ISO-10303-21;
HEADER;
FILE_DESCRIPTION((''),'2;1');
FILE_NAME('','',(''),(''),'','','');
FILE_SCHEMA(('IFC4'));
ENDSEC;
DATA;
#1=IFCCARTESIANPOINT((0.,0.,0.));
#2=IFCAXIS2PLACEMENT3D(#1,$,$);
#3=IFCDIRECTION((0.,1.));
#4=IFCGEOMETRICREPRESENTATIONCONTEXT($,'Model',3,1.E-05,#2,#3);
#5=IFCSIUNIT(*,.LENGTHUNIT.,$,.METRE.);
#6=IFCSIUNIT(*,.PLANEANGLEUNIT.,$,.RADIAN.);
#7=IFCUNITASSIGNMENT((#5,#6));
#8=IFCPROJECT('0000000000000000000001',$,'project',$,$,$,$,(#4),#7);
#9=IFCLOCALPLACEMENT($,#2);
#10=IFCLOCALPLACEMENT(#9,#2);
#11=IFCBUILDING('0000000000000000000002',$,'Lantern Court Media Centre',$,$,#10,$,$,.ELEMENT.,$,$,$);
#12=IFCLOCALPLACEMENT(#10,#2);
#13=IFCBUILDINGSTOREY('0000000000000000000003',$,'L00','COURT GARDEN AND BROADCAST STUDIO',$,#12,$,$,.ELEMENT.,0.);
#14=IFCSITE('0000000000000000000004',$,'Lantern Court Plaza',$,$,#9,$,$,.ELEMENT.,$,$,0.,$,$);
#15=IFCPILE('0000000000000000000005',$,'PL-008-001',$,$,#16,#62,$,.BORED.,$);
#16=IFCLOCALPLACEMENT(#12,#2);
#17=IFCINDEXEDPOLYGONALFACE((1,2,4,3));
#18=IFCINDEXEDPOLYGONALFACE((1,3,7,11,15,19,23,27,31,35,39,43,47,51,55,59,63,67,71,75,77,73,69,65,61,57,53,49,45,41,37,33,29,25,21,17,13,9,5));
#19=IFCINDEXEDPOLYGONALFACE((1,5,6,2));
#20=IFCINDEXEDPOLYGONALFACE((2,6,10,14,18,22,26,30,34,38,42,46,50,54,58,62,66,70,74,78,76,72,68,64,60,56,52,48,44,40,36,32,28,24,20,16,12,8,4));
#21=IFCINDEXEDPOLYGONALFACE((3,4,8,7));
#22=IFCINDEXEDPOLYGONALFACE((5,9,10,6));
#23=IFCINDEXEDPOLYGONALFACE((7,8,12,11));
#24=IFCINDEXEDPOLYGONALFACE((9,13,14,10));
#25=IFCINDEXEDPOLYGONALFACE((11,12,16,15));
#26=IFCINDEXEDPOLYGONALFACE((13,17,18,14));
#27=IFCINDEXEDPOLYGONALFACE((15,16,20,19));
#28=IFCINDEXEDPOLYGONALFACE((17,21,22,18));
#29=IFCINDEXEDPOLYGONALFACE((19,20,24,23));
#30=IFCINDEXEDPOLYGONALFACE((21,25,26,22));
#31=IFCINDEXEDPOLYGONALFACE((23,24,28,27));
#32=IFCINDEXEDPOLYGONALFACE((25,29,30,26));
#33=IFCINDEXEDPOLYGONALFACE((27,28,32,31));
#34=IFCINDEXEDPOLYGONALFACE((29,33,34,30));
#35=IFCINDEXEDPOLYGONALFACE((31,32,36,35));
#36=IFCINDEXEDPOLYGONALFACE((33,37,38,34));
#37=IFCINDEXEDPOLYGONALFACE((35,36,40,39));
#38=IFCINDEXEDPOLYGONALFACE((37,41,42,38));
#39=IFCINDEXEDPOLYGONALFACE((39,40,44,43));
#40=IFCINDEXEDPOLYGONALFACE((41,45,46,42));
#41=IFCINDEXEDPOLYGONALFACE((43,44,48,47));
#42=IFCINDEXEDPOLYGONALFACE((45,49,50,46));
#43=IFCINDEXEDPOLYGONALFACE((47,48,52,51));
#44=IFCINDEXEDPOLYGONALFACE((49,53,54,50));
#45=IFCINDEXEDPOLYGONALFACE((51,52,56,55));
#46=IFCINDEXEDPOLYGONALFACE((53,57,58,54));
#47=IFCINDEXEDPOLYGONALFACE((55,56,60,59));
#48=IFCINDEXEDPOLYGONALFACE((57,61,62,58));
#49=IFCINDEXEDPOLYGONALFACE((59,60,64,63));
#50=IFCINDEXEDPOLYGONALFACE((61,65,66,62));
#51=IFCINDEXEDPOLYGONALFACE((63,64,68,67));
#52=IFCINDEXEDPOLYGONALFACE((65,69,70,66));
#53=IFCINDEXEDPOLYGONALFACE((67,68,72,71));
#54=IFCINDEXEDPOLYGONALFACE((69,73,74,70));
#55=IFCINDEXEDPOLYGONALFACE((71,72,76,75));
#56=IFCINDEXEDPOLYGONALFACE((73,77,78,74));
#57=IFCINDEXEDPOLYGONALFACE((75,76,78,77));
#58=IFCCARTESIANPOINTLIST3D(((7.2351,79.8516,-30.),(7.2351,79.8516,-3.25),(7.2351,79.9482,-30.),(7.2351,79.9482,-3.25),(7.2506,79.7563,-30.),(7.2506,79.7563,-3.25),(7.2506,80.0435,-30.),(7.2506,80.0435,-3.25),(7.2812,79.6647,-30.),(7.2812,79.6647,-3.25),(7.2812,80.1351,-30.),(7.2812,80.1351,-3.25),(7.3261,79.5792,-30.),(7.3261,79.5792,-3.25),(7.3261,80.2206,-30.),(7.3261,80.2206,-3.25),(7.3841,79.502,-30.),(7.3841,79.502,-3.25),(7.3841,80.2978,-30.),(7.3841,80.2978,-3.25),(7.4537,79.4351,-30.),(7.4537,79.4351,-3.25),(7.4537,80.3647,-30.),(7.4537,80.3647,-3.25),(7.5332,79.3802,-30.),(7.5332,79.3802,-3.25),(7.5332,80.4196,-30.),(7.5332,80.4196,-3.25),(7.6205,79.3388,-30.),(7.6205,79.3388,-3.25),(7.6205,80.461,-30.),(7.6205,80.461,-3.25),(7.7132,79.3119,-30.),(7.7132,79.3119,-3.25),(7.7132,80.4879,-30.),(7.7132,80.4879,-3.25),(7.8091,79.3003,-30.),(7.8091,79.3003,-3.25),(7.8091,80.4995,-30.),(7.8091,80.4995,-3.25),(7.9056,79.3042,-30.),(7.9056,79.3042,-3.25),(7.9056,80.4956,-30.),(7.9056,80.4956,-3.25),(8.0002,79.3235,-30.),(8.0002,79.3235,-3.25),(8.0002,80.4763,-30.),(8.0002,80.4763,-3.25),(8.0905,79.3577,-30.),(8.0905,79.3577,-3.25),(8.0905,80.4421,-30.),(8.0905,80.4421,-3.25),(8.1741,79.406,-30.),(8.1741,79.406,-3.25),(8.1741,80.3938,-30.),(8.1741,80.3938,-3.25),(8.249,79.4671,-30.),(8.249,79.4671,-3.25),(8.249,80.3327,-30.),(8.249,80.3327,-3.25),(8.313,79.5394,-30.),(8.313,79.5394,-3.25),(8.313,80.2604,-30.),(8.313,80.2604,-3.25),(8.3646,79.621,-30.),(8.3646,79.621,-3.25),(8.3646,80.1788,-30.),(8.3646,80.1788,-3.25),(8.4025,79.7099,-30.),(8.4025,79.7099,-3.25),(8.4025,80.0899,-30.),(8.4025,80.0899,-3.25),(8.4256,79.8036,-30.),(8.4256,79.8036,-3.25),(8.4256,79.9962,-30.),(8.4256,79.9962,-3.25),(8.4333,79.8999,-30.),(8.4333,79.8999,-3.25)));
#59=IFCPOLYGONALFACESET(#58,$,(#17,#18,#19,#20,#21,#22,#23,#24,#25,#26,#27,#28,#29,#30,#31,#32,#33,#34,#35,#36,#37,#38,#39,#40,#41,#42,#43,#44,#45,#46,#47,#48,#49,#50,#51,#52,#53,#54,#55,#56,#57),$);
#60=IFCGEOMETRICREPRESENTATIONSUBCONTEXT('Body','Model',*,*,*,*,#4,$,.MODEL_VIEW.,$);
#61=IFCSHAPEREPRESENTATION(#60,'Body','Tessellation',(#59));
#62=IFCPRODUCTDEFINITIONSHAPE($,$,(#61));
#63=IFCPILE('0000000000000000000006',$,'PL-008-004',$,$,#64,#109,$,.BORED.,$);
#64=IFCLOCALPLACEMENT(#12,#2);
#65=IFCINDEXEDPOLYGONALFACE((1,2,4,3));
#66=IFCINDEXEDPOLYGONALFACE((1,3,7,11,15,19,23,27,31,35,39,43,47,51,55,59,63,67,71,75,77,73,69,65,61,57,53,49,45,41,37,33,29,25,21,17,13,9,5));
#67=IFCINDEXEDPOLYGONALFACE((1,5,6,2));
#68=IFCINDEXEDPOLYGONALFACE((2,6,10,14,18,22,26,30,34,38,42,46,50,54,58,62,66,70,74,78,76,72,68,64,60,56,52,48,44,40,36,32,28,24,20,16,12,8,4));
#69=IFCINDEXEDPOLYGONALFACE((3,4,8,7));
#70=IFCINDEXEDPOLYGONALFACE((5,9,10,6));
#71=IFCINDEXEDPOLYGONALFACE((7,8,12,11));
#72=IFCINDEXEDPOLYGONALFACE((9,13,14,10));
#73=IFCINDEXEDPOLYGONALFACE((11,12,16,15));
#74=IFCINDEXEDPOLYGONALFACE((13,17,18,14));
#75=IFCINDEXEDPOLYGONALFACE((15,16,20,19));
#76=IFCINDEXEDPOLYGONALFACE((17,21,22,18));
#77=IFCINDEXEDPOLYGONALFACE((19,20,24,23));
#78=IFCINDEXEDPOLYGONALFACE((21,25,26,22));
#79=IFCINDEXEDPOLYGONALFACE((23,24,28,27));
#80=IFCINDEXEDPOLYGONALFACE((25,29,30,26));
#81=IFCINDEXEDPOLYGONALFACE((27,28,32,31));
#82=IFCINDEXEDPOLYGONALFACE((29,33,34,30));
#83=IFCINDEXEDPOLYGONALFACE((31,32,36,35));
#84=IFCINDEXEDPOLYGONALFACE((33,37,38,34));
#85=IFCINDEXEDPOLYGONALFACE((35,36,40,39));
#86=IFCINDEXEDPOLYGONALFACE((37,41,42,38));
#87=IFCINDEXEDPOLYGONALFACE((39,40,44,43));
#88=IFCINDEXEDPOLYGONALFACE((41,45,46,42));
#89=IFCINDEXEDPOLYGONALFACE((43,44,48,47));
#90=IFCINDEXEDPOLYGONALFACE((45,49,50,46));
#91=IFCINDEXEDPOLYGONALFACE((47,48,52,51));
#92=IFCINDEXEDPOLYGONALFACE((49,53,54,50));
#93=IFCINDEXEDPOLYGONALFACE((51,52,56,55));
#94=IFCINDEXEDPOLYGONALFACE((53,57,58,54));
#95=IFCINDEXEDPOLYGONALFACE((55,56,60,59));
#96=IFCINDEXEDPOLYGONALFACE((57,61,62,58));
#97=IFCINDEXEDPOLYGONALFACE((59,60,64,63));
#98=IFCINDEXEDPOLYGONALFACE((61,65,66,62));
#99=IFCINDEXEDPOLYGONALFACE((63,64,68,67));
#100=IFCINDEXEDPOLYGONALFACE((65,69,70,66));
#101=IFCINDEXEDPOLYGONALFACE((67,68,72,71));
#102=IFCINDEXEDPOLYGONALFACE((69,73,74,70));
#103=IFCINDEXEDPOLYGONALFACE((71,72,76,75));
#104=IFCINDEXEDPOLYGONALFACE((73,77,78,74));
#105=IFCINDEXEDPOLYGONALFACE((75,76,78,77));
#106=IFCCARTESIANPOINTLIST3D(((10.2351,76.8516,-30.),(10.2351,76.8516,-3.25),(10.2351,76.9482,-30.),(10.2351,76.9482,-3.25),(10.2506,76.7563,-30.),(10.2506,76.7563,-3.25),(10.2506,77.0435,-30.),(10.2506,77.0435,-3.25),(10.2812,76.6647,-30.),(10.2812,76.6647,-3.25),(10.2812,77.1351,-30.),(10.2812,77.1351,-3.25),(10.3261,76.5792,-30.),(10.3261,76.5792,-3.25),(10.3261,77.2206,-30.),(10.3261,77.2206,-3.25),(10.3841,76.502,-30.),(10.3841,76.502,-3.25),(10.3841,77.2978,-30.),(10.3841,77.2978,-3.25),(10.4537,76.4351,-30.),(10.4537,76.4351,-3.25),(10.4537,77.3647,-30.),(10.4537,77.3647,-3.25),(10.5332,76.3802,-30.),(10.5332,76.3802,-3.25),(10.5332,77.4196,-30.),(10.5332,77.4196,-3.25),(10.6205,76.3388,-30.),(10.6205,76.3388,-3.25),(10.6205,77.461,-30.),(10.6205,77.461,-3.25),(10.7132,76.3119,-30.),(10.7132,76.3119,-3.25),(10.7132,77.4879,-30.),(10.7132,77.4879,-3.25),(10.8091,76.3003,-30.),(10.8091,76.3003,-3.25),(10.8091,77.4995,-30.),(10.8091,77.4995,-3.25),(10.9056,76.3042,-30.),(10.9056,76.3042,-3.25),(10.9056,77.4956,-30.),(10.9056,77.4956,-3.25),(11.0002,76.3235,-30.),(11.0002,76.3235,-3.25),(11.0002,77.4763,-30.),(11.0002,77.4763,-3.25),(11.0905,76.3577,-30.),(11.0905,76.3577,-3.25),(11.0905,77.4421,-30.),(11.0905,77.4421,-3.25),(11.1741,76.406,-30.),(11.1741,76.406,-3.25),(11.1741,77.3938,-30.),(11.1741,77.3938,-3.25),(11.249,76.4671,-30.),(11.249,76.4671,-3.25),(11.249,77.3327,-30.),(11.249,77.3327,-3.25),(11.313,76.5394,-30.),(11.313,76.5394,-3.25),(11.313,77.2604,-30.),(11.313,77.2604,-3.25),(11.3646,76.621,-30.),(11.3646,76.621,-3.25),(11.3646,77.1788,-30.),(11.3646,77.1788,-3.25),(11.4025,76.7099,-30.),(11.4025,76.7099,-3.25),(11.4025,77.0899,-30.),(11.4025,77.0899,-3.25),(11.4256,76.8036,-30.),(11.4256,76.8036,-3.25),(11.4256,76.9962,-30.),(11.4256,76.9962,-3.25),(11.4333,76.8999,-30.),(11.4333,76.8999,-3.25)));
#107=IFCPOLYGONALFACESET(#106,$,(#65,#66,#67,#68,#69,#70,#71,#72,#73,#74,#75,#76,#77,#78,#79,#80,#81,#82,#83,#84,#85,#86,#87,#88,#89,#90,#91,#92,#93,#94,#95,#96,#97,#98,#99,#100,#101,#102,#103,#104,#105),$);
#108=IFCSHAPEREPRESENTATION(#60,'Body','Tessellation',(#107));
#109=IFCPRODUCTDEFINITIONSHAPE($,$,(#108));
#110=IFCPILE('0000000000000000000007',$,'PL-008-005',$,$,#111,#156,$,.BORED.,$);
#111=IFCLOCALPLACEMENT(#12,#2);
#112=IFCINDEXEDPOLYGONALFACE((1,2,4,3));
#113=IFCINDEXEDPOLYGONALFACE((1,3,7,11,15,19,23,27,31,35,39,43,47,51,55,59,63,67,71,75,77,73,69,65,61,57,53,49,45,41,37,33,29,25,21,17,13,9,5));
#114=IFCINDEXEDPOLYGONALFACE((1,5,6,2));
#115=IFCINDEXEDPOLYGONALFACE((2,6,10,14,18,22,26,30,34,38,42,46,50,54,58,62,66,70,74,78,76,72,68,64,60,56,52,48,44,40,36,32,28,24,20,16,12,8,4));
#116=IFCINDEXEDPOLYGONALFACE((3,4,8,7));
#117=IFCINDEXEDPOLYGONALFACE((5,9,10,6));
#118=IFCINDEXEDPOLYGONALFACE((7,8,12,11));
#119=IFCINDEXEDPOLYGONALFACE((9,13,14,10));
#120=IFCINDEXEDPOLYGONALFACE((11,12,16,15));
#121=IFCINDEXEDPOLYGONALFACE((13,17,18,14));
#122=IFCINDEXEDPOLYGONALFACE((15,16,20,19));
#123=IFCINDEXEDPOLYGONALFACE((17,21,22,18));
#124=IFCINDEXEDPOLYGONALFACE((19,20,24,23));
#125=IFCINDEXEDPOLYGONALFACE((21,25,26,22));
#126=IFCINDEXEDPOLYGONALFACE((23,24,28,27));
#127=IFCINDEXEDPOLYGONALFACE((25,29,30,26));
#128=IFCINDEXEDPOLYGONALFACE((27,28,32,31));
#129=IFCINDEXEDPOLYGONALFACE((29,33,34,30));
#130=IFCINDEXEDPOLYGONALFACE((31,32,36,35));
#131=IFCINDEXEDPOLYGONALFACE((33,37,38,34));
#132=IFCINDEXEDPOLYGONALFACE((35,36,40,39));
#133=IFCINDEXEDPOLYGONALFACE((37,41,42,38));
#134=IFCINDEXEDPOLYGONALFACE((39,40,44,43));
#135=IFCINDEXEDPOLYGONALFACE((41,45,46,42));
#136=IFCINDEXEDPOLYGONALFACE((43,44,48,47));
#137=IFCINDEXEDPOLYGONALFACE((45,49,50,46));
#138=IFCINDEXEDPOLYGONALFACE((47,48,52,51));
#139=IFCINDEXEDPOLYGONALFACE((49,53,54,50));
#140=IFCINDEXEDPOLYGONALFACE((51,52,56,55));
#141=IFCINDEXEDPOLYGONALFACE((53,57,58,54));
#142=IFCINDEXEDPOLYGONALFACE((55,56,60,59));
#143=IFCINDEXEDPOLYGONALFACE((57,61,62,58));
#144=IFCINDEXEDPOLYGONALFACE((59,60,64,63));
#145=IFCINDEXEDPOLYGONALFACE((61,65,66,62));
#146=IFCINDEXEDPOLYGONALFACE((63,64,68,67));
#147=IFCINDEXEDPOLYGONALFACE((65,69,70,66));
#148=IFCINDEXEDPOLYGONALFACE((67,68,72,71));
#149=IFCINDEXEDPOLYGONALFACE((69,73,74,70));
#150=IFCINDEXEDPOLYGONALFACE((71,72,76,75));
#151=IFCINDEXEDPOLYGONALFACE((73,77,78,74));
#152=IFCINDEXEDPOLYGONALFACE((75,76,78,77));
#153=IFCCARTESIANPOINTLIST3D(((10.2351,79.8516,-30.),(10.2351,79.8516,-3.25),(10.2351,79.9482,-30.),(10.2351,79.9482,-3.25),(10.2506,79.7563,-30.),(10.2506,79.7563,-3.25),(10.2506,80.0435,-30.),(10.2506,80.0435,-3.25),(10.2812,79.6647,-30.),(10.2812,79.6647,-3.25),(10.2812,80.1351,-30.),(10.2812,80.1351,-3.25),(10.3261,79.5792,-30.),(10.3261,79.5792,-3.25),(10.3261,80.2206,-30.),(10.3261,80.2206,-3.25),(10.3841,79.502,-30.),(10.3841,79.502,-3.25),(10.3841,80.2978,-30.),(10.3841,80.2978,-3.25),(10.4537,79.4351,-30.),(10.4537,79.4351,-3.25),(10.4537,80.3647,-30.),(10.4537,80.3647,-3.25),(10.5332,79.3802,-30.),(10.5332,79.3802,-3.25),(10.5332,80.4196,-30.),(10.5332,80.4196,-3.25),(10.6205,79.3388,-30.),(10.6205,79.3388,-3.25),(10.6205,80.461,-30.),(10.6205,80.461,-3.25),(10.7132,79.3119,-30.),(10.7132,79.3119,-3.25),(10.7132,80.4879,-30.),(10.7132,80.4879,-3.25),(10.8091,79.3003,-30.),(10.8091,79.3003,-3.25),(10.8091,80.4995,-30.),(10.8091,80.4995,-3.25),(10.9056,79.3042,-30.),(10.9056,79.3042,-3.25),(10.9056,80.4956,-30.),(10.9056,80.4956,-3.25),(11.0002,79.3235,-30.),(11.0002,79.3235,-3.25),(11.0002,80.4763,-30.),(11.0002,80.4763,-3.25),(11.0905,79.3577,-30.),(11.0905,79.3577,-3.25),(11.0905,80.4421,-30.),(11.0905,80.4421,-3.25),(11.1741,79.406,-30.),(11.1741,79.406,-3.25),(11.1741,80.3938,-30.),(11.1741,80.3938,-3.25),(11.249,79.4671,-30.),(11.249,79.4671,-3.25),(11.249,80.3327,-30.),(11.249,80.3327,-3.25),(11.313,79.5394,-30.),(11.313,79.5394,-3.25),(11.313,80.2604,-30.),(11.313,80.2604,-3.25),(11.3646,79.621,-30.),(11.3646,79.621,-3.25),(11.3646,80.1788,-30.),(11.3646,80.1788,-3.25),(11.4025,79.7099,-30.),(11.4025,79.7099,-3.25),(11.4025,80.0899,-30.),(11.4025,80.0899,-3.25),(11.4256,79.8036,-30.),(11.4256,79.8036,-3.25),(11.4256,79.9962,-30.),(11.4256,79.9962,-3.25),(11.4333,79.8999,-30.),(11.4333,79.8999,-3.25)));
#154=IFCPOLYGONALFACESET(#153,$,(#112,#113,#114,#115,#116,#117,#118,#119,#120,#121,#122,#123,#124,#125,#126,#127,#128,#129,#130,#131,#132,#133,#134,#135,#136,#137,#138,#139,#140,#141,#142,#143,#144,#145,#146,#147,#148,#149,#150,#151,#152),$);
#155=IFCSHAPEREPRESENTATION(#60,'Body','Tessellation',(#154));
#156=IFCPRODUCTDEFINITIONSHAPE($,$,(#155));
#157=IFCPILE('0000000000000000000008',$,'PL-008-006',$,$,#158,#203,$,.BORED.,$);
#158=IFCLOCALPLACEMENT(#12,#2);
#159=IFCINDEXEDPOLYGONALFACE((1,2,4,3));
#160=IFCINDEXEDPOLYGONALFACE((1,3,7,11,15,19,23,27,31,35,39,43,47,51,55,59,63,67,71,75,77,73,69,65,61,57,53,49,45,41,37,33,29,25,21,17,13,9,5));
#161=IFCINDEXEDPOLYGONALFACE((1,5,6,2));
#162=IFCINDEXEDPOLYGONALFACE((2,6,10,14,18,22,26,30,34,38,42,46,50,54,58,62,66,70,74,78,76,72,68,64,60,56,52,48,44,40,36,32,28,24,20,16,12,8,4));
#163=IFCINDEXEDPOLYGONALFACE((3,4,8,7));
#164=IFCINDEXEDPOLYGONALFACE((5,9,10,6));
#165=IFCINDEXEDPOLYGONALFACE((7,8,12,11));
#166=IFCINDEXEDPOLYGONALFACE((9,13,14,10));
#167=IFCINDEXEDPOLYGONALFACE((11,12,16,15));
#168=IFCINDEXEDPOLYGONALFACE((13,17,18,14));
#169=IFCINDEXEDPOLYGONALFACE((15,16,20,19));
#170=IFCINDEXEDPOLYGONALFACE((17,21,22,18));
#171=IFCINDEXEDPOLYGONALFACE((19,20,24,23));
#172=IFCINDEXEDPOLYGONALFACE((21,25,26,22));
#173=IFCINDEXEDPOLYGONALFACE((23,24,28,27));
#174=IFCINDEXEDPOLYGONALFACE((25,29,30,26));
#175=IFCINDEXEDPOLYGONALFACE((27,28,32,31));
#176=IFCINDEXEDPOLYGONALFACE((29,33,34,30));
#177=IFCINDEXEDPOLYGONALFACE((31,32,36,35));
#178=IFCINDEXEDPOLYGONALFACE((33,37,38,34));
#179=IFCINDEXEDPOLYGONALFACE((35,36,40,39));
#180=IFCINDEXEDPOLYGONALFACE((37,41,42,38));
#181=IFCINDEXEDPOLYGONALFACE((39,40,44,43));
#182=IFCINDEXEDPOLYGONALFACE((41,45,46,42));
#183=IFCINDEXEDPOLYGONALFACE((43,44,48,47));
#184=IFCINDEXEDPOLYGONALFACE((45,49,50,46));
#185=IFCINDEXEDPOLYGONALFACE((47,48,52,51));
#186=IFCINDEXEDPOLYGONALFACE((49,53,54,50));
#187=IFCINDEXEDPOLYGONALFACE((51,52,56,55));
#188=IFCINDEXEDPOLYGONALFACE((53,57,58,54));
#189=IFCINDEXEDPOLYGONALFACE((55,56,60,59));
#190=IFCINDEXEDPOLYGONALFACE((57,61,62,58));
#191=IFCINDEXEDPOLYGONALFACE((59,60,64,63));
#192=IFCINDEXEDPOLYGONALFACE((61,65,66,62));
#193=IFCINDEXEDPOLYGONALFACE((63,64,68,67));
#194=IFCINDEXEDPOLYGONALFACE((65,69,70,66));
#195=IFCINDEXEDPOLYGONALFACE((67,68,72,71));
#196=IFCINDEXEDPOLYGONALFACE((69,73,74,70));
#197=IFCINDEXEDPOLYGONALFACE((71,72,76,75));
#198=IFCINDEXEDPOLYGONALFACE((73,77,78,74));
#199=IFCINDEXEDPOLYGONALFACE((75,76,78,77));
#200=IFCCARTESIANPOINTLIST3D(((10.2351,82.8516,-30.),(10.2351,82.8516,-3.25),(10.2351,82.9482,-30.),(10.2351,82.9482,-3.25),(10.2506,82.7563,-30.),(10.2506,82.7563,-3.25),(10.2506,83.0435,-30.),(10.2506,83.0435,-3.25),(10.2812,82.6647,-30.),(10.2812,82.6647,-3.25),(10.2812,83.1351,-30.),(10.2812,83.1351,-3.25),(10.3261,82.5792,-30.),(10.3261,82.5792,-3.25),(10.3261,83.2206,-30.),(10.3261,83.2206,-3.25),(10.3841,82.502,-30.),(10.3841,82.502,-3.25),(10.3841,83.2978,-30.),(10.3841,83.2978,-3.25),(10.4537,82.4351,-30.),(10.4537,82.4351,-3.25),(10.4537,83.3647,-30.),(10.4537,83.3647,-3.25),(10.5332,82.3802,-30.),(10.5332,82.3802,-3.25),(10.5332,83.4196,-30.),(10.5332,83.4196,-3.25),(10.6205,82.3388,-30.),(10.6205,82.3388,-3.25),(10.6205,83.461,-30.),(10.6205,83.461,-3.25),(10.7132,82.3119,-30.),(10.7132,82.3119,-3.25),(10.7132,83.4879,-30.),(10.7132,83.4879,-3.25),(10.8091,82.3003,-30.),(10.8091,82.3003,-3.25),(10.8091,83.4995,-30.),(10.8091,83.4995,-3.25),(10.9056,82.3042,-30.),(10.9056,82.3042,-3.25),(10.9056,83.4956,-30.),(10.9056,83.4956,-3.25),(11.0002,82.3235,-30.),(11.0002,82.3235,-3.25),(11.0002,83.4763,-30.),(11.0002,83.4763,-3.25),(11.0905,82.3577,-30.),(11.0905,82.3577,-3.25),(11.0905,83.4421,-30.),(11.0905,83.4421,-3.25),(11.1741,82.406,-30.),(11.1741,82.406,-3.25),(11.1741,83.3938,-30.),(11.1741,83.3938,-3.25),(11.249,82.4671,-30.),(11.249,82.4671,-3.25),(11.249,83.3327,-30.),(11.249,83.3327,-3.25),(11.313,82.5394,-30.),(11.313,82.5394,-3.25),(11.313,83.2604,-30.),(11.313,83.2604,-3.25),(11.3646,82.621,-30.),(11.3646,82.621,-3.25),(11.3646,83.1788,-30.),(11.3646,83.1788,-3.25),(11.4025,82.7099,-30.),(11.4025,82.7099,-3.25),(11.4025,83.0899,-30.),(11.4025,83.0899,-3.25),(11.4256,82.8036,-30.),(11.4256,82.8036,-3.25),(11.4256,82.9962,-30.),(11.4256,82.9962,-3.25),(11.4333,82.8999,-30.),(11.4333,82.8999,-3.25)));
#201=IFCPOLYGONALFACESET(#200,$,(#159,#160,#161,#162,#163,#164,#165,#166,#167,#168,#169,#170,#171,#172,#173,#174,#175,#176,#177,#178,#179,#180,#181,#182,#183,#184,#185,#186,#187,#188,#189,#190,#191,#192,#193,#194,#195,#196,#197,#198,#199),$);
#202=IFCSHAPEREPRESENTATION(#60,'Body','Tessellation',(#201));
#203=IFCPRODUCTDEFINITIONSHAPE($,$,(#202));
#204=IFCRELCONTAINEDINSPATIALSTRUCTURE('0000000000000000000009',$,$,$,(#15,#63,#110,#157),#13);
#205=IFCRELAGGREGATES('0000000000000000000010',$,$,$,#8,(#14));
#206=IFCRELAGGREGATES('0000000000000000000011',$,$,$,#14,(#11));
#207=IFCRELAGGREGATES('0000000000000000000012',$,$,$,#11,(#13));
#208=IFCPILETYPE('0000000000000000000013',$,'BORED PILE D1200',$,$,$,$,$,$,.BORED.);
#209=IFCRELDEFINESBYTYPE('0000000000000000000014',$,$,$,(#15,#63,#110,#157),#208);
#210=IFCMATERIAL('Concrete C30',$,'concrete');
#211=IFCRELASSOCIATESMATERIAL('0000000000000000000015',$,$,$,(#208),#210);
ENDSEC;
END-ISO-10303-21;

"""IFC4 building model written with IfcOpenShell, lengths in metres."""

from ifc_helpers import new_model, si_unit, direction, frame, origin, origin_2d, place, context, subcontext, project, spatial, circle, extrude, material, material_profile, profile_set, type_object, element, save


model = new_model("IFC4")

# Units and contexts
model_context = context("Model", 3, precision=1e-05, world=origin(), true_north=direction((0.0, 1.0)))
body_context = subcontext(model_context, "Body", "Model", "MODEL_VIEW")
ifc_project = project(units=[si_unit("LENGTHUNIT", "METRE"), si_unit("PLANEANGLEUNIT", "RADIAN")], contexts=[model_context])

# Site, building, storey
site_placement = place(None, origin())
site = spatial("IfcSite", under=ifc_project, at=site_placement, Name="Lantern Court Plaza", CompositionType="ELEMENT", RefElevation=0.0)
building_placement = place(site_placement, origin())
building = spatial("IfcBuilding", under=site, at=building_placement, Name="Lantern Court Media Centre", CompositionType="ELEMENT")
storey_placement = place(building_placement, origin())
storey = spatial("IfcBuildingStorey", under=building, at=storey_placement, Name="L00", Description="COURT GARDEN AND BROADCAST STUDIO", CompositionType="ELEMENT", Elevation=0.0)

# Piles
ifc_material_1 = material(Name="Concrete C30", Category="concrete")
ifc_material_profile_1 = material_profile(ifc_material_1, circle(Radius=0.6001, at=origin_2d()), Name="D1200")
ifc_profile_set_1 = profile_set([ifc_material_profile_1], Name="Concrete C30")
pile_type = type_object("IfcPileType", Name="BORED PILE D1200", PredefinedType="BORED", material=ifc_profile_set_1)
for number, where, z_axis, x_axis, name in (
    (1, (7.8333, 79.8999, -3.25), (0.0, 0.0, -1.0), (1.0, 0.0, 0.0), "PL-008-001"),
    (2, (10.8333, 76.8999, -3.25), (0.0, 0.0, -1.0), (1.0, 0.0, 0.0), "PL-008-004"),
    (3, (10.8333, 79.8999, -3.25), (0.0, 0.0, -1.0), (1.0, 0.0, 0.0), "PL-008-005"),
    (4, (10.8333, 82.8999, -3.25), (0.0, 0.0, -1.0), (1.0, 0.0, 0.0), "PL-008-006"),
):
    element("IfcPile", number, at=place(storey_placement, frame(where, z_axis=z_axis, x_axis=x_axis)), inside=storey, type_object=pile_type, Name=name, PredefinedType="BORED", context=body_context, shape_type="SweptSolid", body=[
        extrude(circle(Radius=0.6001, at=origin_2d()), origin(), (0.0, 0.0, 1.0), 26.75),
    ])

save(model, "model.ifc")
